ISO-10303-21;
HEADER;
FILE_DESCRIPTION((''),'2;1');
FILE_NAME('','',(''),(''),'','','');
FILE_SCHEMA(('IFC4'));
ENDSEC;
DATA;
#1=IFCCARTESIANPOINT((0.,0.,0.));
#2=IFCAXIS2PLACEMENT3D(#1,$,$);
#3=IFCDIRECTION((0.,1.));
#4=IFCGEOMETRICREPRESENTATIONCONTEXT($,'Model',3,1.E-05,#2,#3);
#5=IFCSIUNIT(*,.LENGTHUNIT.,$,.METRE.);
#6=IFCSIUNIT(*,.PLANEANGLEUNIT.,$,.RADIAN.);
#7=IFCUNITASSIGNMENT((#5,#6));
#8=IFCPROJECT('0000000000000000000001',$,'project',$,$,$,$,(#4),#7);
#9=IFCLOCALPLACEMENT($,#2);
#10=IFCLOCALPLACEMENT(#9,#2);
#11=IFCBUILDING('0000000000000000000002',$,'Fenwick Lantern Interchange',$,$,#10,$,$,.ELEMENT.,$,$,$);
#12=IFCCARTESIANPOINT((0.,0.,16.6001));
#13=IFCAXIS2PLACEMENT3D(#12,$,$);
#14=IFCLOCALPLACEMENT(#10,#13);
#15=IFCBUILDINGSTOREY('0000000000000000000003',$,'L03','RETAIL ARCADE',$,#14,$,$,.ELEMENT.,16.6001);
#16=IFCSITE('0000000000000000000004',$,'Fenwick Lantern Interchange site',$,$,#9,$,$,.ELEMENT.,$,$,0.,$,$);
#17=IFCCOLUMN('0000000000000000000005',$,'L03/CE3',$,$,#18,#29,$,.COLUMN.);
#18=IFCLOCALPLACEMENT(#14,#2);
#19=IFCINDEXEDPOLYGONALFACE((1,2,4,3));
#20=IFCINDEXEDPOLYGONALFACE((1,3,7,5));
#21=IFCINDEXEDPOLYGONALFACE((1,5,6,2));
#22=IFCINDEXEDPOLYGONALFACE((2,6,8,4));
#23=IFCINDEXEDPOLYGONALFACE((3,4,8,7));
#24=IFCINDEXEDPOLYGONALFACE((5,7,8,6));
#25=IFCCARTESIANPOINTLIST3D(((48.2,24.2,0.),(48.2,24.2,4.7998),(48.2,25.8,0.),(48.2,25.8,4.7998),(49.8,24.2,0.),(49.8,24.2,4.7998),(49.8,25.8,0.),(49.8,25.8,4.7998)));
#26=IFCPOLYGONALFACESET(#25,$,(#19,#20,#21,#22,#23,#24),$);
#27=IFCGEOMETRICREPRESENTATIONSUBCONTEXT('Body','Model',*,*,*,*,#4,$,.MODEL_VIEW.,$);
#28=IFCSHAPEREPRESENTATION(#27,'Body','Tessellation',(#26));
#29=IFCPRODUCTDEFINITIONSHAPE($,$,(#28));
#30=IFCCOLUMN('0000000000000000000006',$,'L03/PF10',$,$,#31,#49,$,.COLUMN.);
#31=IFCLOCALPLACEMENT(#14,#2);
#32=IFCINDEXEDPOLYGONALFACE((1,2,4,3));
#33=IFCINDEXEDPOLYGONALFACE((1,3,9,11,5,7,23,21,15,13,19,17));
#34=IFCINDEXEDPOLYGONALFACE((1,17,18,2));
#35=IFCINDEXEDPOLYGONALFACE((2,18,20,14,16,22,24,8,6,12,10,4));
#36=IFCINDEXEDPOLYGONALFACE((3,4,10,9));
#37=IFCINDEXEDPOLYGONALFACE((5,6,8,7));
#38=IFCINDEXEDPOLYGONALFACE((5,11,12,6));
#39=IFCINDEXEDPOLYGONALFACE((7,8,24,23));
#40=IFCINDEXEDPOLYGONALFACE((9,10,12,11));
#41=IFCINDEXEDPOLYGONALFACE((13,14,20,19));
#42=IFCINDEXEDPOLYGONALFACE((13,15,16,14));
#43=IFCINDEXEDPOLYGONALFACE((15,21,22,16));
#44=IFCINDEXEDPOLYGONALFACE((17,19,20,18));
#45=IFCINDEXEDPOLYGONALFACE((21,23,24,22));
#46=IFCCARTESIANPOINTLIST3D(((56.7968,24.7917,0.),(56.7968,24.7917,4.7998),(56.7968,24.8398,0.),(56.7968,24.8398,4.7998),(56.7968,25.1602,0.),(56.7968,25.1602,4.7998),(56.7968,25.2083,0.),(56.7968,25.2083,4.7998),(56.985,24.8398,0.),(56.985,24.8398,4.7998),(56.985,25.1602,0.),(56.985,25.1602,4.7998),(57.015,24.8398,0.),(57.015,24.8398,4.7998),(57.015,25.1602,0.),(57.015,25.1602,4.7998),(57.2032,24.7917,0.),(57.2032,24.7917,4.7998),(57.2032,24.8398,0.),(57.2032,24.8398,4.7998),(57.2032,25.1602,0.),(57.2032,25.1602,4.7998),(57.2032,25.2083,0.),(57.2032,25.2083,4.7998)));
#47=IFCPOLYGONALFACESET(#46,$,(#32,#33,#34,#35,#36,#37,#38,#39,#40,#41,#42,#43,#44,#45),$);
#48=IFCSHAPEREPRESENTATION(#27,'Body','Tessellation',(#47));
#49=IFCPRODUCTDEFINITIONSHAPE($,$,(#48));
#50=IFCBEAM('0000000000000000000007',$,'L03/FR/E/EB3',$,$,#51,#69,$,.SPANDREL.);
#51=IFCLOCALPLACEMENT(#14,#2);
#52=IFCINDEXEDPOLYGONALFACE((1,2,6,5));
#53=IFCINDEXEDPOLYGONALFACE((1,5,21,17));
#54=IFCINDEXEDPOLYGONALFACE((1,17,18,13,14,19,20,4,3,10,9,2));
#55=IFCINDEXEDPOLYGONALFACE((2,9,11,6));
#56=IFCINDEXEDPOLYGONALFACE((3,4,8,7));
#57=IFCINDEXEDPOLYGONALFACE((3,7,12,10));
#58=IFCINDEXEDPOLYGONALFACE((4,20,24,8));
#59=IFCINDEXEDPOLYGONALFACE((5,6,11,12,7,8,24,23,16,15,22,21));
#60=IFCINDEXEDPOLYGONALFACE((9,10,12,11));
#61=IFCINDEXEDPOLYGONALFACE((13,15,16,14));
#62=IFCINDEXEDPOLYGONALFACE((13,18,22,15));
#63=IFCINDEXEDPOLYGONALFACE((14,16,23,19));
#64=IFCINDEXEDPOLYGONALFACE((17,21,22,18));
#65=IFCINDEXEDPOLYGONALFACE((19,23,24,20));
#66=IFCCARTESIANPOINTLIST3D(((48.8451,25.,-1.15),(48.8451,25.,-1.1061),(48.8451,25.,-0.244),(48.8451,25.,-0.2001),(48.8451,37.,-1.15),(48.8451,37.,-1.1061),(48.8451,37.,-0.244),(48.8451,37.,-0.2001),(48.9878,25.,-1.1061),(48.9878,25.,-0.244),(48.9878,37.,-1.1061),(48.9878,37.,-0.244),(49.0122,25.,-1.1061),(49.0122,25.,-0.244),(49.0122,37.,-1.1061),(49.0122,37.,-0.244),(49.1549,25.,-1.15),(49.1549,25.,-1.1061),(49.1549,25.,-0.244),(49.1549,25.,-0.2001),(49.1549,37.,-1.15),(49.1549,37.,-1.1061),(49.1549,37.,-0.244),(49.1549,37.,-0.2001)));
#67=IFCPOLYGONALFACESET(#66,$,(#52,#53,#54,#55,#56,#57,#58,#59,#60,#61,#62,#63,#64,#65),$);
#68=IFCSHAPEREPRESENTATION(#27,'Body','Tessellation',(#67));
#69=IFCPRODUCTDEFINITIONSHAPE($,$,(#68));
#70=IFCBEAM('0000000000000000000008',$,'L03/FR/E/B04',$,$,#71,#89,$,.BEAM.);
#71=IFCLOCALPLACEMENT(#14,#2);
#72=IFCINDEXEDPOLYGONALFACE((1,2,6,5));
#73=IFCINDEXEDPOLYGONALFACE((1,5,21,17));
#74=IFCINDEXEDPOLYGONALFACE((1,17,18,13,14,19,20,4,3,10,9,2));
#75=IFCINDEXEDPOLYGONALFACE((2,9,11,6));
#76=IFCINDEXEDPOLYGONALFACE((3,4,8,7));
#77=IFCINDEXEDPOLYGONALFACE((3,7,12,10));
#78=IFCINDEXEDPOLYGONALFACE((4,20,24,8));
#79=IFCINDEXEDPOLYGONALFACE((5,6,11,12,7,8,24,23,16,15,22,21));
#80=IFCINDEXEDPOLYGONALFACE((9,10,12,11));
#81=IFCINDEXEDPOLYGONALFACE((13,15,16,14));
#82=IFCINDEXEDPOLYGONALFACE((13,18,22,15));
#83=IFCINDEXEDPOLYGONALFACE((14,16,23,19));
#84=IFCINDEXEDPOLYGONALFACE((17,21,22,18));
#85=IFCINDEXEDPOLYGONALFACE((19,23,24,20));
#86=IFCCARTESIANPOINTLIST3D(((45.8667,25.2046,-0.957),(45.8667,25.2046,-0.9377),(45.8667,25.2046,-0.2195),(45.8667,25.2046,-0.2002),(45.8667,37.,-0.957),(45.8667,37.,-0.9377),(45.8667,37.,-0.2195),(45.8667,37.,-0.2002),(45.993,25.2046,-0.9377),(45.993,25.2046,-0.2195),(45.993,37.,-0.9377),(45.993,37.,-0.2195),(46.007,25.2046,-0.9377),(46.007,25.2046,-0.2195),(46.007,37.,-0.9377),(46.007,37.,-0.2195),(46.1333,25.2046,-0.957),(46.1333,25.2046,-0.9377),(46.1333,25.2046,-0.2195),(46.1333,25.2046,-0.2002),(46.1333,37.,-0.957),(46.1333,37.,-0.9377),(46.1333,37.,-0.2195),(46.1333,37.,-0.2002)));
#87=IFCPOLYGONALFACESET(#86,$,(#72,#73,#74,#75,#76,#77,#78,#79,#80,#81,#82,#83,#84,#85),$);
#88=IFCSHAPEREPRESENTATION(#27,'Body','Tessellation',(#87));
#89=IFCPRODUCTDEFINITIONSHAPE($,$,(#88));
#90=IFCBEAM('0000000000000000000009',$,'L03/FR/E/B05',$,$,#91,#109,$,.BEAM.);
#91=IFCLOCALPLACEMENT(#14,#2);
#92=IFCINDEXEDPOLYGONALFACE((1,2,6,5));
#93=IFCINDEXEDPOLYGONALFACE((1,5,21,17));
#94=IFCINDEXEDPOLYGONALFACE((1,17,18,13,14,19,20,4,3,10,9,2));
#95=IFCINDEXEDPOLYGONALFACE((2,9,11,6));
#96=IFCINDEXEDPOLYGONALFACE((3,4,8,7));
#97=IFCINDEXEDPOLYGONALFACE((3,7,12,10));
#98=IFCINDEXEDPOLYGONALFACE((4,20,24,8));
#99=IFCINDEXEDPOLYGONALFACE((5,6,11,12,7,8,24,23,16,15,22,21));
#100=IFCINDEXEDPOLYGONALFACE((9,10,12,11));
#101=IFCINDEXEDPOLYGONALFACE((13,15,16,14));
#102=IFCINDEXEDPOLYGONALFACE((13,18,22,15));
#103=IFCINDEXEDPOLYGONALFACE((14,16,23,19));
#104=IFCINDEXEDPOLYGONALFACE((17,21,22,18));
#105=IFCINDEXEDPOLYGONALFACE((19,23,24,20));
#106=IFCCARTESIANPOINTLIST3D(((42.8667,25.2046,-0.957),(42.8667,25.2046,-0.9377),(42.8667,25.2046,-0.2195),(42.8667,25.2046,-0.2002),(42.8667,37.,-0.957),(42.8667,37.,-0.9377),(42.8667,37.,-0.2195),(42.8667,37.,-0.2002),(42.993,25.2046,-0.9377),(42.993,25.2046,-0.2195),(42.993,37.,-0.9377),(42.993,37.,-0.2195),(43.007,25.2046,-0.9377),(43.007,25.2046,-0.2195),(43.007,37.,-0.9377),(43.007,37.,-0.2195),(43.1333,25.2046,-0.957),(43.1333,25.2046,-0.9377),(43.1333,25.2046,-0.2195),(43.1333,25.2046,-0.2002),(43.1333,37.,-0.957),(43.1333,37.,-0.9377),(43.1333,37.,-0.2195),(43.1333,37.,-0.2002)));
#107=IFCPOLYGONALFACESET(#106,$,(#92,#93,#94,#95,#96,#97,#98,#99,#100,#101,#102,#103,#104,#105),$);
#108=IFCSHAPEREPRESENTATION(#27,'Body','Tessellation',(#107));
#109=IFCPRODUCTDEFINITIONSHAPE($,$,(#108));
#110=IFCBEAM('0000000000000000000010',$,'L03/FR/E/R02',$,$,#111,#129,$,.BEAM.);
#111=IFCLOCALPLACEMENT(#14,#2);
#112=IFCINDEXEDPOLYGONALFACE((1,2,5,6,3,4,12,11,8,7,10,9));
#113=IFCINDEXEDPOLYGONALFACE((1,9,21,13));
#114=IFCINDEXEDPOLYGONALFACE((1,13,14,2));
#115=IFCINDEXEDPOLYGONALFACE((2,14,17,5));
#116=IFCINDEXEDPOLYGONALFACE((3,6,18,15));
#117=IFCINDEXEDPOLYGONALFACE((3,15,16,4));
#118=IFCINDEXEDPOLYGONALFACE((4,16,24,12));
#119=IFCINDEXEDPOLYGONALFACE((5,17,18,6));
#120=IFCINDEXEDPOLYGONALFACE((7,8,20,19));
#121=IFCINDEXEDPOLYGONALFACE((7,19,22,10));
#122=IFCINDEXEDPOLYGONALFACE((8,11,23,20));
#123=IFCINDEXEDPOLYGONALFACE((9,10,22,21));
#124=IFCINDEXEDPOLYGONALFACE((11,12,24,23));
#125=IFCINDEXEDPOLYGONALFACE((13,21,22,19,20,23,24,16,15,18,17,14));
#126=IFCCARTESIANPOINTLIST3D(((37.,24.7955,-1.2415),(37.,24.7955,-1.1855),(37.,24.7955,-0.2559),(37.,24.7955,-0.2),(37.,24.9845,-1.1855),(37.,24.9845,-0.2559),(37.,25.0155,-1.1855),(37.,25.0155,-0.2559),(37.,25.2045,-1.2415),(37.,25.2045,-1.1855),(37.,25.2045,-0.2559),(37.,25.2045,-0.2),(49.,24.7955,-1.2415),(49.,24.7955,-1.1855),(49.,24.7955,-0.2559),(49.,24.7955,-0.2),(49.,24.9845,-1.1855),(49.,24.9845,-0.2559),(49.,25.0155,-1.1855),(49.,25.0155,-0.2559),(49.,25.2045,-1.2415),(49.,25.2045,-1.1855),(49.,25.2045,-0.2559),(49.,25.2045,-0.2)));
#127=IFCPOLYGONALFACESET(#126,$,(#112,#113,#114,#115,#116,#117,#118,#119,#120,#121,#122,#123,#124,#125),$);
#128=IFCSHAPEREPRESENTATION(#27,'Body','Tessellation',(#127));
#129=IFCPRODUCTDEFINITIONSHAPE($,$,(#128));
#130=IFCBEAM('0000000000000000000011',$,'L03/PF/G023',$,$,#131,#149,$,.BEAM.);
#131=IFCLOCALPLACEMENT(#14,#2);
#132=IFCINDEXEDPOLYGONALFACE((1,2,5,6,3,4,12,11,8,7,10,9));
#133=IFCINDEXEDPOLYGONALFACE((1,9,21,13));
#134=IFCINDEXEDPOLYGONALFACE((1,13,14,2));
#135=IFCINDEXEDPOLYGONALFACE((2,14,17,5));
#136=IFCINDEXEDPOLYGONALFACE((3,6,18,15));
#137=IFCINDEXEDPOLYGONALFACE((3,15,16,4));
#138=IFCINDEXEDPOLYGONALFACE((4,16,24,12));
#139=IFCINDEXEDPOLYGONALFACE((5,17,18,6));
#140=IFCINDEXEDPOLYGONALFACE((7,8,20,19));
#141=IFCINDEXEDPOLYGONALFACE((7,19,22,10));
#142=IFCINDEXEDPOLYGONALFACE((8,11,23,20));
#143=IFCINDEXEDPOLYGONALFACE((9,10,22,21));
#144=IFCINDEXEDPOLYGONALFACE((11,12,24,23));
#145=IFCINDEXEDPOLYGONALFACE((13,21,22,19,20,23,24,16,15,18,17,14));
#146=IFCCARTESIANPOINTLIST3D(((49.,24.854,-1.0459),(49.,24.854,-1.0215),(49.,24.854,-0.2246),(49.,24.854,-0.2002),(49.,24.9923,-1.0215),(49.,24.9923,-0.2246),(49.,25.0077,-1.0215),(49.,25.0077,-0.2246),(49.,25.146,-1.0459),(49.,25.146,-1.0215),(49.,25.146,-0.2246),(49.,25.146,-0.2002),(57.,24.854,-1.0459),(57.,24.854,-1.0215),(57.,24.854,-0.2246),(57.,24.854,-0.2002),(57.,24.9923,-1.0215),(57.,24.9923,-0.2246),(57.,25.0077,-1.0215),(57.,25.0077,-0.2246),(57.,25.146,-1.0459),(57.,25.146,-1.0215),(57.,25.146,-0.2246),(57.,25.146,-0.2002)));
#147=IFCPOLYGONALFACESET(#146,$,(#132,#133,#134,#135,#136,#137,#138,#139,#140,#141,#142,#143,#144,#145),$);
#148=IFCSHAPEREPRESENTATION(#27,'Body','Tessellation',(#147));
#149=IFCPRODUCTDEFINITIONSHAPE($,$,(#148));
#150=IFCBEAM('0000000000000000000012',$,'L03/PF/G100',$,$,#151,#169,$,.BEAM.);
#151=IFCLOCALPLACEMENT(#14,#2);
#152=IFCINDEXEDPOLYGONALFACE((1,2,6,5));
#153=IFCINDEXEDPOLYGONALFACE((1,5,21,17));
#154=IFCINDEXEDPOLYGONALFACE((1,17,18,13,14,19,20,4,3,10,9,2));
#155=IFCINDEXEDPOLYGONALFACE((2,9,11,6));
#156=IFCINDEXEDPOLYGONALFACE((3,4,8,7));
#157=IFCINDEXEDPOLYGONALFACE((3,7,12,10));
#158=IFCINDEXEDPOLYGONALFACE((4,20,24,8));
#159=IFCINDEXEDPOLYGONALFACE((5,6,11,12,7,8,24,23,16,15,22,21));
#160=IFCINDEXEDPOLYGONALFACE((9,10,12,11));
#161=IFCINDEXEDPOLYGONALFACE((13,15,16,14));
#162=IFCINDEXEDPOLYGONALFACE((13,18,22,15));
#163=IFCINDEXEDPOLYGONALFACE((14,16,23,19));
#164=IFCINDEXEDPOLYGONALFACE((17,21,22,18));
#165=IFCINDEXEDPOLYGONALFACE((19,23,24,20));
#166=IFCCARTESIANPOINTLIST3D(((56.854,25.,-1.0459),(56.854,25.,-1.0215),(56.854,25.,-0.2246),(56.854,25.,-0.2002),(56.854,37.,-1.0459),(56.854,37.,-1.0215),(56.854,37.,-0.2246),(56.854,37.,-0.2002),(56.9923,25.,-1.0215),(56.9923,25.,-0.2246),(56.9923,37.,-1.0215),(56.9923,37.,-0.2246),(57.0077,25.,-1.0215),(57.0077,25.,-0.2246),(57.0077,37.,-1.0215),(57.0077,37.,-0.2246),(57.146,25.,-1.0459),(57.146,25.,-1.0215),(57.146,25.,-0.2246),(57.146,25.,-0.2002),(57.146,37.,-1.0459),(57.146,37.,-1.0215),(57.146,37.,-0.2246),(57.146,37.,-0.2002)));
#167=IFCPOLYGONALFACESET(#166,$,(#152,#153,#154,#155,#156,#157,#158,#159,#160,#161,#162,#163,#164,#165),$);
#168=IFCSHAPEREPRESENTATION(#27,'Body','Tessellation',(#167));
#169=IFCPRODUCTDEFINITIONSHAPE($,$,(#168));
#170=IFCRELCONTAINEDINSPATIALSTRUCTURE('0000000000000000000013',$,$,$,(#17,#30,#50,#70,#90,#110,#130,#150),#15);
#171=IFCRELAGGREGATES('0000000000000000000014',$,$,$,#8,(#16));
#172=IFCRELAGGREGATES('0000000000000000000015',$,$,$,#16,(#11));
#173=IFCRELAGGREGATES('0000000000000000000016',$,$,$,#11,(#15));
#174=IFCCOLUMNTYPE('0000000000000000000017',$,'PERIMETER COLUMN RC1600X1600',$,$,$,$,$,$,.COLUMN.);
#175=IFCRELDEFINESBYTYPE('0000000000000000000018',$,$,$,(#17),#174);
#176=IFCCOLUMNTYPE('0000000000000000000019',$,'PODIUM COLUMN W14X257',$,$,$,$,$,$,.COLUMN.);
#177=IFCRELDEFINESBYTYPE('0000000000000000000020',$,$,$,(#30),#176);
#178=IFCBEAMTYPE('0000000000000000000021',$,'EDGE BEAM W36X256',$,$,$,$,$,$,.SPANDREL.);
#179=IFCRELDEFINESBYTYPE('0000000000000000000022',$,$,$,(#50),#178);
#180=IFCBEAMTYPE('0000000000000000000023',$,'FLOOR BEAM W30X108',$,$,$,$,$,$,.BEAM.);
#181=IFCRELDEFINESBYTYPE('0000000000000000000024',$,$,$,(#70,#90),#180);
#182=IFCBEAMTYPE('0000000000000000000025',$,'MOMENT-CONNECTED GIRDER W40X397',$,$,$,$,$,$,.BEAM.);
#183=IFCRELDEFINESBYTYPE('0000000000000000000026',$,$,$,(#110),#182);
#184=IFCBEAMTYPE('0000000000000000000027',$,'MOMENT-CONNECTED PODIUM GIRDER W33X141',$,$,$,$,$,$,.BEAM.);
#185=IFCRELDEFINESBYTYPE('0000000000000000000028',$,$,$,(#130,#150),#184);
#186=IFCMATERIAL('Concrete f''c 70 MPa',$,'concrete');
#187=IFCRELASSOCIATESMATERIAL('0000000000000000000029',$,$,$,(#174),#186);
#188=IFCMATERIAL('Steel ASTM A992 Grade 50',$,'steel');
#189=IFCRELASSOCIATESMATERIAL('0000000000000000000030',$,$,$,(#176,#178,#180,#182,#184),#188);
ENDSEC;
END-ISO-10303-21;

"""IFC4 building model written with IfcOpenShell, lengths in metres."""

from ifc_helpers import new_model, si_unit, direction, frame, origin, origin_2d, place, context, subcontext, project, spatial, rectangle, i_section, extrude, material, material_profile, profile_set, type_object, element, save


model = new_model("IFC4")

# Units and contexts
model_context = context("Model", 3, precision=1e-05, world=origin(), true_north=direction((0.0, 1.0)))
body_context = subcontext(model_context, "Body", "Model", "MODEL_VIEW")
ifc_project = project(units=[si_unit("LENGTHUNIT", "METRE"), si_unit("PLANEANGLEUNIT", "RADIAN")], contexts=[model_context])

# Site, building, storey
site_placement = place(None, origin())
site = spatial("IfcSite", under=ifc_project, at=site_placement, Name="Fenwick Lantern Interchange site", CompositionType="ELEMENT", RefElevation=0.0)
building_placement = place(site_placement, origin())
building = spatial("IfcBuilding", under=site, at=building_placement, Name="Fenwick Lantern Interchange", CompositionType="ELEMENT")
storey_placement = place(building_placement, frame((0.0, 0.0, 16.6001)))
storey = spatial("IfcBuildingStorey", under=building, at=storey_placement, Name="L03", Description="RETAIL ARCADE", CompositionType="ELEMENT", Elevation=16.6001)

# Columns
ifc_material_1 = material(Name="Concrete f'c 70 MPa", Category="concrete")
ifc_material_profile_1 = material_profile(ifc_material_1, rectangle(XDim=1.6001, YDim=1.6001, at=origin_2d()), Name="RC1600X1600")
ifc_profile_set_1 = profile_set([ifc_material_profile_1], Name="Concrete f'c 70 MPa")
column_type_1 = type_object("IfcColumnType", Name="PERIMETER COLUMN RC1600X1600", PredefinedType="COLUMN", material=ifc_profile_set_1)
column_1_placement = place(storey_placement, frame((49.0, 25.0, 0.0), z_axis=(0.0, 0.0, 1.0), x_axis=(1.0, 0.0, 0.0)))
element("IfcColumn", 1, at=column_1_placement, inside=storey, type_object=column_type_1, Name="L03/CE3", PredefinedType="COLUMN", context=body_context, shape_type="SweptSolid", body=[
    extrude(rectangle(XDim=1.6001, YDim=1.6001, at=origin_2d()), origin(), (0.0, 0.0, 1.0), 4.7998),
])
ifc_material_2 = material(Name="Steel ASTM A992 Grade 50", Category="steel")
ifc_material_profile_2 = material_profile(ifc_material_2, i_section(OverallWidth=0.4065, OverallDepth=0.4165, WebThickness=0.03, FlangeThickness=0.0481, at=origin_2d()), Name="W14X257")
ifc_profile_set_2 = profile_set([ifc_material_profile_2], Name="Steel ASTM A992 Grade 50")
column_type_2 = type_object("IfcColumnType", Name="PODIUM COLUMN W14X257", PredefinedType="COLUMN", material=ifc_profile_set_2)
column_2_placement = place(storey_placement, frame((57.0, 25.0, 0.0), z_axis=(0.0, 0.0, 1.0), x_axis=(1.0, 0.0, 0.0)))
element("IfcColumn", 2, at=column_2_placement, inside=storey, type_object=column_type_2, Name="L03/PF10", PredefinedType="COLUMN", context=body_context, shape_type="SweptSolid", body=[
    extrude(i_section(OverallWidth=0.4065, OverallDepth=0.4165, WebThickness=0.03, FlangeThickness=0.0481, at=origin_2d()), origin(), (0.0, 0.0, 1.0), 4.7998),
])

# Beams
ifc_material_profile_3 = material_profile(ifc_material_2, i_section(OverallWidth=0.3098, OverallDepth=0.95, WebThickness=0.0244, FlangeThickness=0.0439, at=origin_2d()), Name="W36X256")
ifc_profile_set_3 = profile_set([ifc_material_profile_3], Name="Steel ASTM A992 Grade 50")
beam_type_1 = type_object("IfcBeamType", Name="EDGE BEAM W36X256", PredefinedType="SPANDREL", material=ifc_profile_set_3)
beam_1_placement = place(storey_placement, frame((49.0, 25.0, -0.675), z_axis=(0.0, 1.0, 0.0), x_axis=(-1.0, 0.0, 0.0)))
element("IfcBeam", 3, at=beam_1_placement, inside=storey, type_object=beam_type_1, Name="L03/FR/E/EB3", PredefinedType="SPANDREL", context=body_context, shape_type="SweptSolid", body=[
    extrude(i_section(OverallWidth=0.3098, OverallDepth=0.95, WebThickness=0.0244, FlangeThickness=0.0439, at=origin_2d()), origin(), (0.0, 0.0, 1.0), 12.0),
])
ifc_material_profile_4 = material_profile(ifc_material_2, i_section(OverallWidth=0.2666, OverallDepth=0.7568, WebThickness=0.0139, FlangeThickness=0.0193, at=origin_2d()), Name="W30X108")
ifc_profile_set_4 = profile_set([ifc_material_profile_4], Name="Steel ASTM A992 Grade 50")
beam_type_2 = type_object("IfcBeamType", Name="FLOOR BEAM W30X108", PredefinedType="BEAM", material=ifc_profile_set_4)
for number, where, z_axis, x_axis, name in (
    (4, (46.0, 25.2046, -0.5786), (0.0, 1.0, 0.0), (-1.0, 0.0, 0.0), "L03/FR/E/B04"),
    (5, (43.0, 25.2046, -0.5786), (0.0, 1.0, 0.0), (-1.0, 0.0, 0.0), "L03/FR/E/B05"),
):
    element("IfcBeam", number, at=place(storey_placement, frame(where, z_axis=z_axis, x_axis=x_axis)), inside=storey, type_object=beam_type_2, Name=name, PredefinedType="BEAM", context=body_context, shape_type="SweptSolid", body=[
        extrude(i_section(OverallWidth=0.2666, OverallDepth=0.7568, WebThickness=0.0139, FlangeThickness=0.0193, at=origin_2d()), origin(), (0.0, 0.0, 1.0), 11.7954),
    ])
ifc_material_profile_5 = material_profile(ifc_material_2, i_section(OverallWidth=0.4089, OverallDepth=1.0415, WebThickness=0.031, FlangeThickness=0.0559, at=origin_2d()), Name="W40X397")
ifc_profile_set_5 = profile_set([ifc_material_profile_5], Name="Steel ASTM A992 Grade 50")
beam_type_3 = type_object("IfcBeamType", Name="MOMENT-CONNECTED GIRDER W40X397", PredefinedType="BEAM", material=ifc_profile_set_5)
beam_2_placement = place(storey_placement, frame((49.0, 25.0, -0.7207), z_axis=(-1.0, 0.0, 0.0), x_axis=(0.0, -1.0, 0.0)))
element("IfcBeam", 6, at=beam_2_placement, inside=storey, type_object=beam_type_3, Name="L03/FR/E/R02", PredefinedType="BEAM", context=body_context, shape_type="SweptSolid", body=[
    extrude(i_section(OverallWidth=0.4089, OverallDepth=1.0415, WebThickness=0.031, FlangeThickness=0.0559, at=origin_2d()), origin(), (0.0, 0.0, 1.0), 12.0),
])
ifc_material_profile_6 = material_profile(ifc_material_2, i_section(OverallWidth=0.292, OverallDepth=0.8457, WebThickness=0.0154, FlangeThickness=0.0244, at=origin_2d()), Name="W33X141")
ifc_profile_set_6 = profile_set([ifc_material_profile_6], Name="Steel ASTM A992 Grade 50")
beam_type_4 = type_object("IfcBeamType", Name="MOMENT-CONNECTED PODIUM GIRDER W33X141", PredefinedType="BEAM", material=ifc_profile_set_6)
beam_3_placement = place(storey_placement, frame((49.0, 25.0, -0.623), z_axis=(1.0, 0.0, 0.0), x_axis=(0.0, 1.0, 0.0)))
element("IfcBeam", 7, at=beam_3_placement, inside=storey, type_object=beam_type_4, Name="L03/PF/G023", PredefinedType="BEAM", context=body_context, shape_type="SweptSolid", body=[
    extrude(i_section(OverallWidth=0.292, OverallDepth=0.8457, WebThickness=0.0154, FlangeThickness=0.0244, at=origin_2d()), origin(), (0.0, 0.0, 1.0), 8.0),
])
beam_4_placement = place(storey_placement, frame((57.0, 25.0, -0.623), z_axis=(0.0, 1.0, 0.0), x_axis=(-1.0, 0.0, 0.0)))
element("IfcBeam", 8, at=beam_4_placement, inside=storey, type_object=beam_type_4, Name="L03/PF/G100", PredefinedType="BEAM", context=body_context, shape_type="SweptSolid", body=[
    extrude(i_section(OverallWidth=0.292, OverallDepth=0.8457, WebThickness=0.0154, FlangeThickness=0.0244, at=origin_2d()), origin(), (0.0, 0.0, 1.0), 12.0),
])

save(model, "model.ifc")
